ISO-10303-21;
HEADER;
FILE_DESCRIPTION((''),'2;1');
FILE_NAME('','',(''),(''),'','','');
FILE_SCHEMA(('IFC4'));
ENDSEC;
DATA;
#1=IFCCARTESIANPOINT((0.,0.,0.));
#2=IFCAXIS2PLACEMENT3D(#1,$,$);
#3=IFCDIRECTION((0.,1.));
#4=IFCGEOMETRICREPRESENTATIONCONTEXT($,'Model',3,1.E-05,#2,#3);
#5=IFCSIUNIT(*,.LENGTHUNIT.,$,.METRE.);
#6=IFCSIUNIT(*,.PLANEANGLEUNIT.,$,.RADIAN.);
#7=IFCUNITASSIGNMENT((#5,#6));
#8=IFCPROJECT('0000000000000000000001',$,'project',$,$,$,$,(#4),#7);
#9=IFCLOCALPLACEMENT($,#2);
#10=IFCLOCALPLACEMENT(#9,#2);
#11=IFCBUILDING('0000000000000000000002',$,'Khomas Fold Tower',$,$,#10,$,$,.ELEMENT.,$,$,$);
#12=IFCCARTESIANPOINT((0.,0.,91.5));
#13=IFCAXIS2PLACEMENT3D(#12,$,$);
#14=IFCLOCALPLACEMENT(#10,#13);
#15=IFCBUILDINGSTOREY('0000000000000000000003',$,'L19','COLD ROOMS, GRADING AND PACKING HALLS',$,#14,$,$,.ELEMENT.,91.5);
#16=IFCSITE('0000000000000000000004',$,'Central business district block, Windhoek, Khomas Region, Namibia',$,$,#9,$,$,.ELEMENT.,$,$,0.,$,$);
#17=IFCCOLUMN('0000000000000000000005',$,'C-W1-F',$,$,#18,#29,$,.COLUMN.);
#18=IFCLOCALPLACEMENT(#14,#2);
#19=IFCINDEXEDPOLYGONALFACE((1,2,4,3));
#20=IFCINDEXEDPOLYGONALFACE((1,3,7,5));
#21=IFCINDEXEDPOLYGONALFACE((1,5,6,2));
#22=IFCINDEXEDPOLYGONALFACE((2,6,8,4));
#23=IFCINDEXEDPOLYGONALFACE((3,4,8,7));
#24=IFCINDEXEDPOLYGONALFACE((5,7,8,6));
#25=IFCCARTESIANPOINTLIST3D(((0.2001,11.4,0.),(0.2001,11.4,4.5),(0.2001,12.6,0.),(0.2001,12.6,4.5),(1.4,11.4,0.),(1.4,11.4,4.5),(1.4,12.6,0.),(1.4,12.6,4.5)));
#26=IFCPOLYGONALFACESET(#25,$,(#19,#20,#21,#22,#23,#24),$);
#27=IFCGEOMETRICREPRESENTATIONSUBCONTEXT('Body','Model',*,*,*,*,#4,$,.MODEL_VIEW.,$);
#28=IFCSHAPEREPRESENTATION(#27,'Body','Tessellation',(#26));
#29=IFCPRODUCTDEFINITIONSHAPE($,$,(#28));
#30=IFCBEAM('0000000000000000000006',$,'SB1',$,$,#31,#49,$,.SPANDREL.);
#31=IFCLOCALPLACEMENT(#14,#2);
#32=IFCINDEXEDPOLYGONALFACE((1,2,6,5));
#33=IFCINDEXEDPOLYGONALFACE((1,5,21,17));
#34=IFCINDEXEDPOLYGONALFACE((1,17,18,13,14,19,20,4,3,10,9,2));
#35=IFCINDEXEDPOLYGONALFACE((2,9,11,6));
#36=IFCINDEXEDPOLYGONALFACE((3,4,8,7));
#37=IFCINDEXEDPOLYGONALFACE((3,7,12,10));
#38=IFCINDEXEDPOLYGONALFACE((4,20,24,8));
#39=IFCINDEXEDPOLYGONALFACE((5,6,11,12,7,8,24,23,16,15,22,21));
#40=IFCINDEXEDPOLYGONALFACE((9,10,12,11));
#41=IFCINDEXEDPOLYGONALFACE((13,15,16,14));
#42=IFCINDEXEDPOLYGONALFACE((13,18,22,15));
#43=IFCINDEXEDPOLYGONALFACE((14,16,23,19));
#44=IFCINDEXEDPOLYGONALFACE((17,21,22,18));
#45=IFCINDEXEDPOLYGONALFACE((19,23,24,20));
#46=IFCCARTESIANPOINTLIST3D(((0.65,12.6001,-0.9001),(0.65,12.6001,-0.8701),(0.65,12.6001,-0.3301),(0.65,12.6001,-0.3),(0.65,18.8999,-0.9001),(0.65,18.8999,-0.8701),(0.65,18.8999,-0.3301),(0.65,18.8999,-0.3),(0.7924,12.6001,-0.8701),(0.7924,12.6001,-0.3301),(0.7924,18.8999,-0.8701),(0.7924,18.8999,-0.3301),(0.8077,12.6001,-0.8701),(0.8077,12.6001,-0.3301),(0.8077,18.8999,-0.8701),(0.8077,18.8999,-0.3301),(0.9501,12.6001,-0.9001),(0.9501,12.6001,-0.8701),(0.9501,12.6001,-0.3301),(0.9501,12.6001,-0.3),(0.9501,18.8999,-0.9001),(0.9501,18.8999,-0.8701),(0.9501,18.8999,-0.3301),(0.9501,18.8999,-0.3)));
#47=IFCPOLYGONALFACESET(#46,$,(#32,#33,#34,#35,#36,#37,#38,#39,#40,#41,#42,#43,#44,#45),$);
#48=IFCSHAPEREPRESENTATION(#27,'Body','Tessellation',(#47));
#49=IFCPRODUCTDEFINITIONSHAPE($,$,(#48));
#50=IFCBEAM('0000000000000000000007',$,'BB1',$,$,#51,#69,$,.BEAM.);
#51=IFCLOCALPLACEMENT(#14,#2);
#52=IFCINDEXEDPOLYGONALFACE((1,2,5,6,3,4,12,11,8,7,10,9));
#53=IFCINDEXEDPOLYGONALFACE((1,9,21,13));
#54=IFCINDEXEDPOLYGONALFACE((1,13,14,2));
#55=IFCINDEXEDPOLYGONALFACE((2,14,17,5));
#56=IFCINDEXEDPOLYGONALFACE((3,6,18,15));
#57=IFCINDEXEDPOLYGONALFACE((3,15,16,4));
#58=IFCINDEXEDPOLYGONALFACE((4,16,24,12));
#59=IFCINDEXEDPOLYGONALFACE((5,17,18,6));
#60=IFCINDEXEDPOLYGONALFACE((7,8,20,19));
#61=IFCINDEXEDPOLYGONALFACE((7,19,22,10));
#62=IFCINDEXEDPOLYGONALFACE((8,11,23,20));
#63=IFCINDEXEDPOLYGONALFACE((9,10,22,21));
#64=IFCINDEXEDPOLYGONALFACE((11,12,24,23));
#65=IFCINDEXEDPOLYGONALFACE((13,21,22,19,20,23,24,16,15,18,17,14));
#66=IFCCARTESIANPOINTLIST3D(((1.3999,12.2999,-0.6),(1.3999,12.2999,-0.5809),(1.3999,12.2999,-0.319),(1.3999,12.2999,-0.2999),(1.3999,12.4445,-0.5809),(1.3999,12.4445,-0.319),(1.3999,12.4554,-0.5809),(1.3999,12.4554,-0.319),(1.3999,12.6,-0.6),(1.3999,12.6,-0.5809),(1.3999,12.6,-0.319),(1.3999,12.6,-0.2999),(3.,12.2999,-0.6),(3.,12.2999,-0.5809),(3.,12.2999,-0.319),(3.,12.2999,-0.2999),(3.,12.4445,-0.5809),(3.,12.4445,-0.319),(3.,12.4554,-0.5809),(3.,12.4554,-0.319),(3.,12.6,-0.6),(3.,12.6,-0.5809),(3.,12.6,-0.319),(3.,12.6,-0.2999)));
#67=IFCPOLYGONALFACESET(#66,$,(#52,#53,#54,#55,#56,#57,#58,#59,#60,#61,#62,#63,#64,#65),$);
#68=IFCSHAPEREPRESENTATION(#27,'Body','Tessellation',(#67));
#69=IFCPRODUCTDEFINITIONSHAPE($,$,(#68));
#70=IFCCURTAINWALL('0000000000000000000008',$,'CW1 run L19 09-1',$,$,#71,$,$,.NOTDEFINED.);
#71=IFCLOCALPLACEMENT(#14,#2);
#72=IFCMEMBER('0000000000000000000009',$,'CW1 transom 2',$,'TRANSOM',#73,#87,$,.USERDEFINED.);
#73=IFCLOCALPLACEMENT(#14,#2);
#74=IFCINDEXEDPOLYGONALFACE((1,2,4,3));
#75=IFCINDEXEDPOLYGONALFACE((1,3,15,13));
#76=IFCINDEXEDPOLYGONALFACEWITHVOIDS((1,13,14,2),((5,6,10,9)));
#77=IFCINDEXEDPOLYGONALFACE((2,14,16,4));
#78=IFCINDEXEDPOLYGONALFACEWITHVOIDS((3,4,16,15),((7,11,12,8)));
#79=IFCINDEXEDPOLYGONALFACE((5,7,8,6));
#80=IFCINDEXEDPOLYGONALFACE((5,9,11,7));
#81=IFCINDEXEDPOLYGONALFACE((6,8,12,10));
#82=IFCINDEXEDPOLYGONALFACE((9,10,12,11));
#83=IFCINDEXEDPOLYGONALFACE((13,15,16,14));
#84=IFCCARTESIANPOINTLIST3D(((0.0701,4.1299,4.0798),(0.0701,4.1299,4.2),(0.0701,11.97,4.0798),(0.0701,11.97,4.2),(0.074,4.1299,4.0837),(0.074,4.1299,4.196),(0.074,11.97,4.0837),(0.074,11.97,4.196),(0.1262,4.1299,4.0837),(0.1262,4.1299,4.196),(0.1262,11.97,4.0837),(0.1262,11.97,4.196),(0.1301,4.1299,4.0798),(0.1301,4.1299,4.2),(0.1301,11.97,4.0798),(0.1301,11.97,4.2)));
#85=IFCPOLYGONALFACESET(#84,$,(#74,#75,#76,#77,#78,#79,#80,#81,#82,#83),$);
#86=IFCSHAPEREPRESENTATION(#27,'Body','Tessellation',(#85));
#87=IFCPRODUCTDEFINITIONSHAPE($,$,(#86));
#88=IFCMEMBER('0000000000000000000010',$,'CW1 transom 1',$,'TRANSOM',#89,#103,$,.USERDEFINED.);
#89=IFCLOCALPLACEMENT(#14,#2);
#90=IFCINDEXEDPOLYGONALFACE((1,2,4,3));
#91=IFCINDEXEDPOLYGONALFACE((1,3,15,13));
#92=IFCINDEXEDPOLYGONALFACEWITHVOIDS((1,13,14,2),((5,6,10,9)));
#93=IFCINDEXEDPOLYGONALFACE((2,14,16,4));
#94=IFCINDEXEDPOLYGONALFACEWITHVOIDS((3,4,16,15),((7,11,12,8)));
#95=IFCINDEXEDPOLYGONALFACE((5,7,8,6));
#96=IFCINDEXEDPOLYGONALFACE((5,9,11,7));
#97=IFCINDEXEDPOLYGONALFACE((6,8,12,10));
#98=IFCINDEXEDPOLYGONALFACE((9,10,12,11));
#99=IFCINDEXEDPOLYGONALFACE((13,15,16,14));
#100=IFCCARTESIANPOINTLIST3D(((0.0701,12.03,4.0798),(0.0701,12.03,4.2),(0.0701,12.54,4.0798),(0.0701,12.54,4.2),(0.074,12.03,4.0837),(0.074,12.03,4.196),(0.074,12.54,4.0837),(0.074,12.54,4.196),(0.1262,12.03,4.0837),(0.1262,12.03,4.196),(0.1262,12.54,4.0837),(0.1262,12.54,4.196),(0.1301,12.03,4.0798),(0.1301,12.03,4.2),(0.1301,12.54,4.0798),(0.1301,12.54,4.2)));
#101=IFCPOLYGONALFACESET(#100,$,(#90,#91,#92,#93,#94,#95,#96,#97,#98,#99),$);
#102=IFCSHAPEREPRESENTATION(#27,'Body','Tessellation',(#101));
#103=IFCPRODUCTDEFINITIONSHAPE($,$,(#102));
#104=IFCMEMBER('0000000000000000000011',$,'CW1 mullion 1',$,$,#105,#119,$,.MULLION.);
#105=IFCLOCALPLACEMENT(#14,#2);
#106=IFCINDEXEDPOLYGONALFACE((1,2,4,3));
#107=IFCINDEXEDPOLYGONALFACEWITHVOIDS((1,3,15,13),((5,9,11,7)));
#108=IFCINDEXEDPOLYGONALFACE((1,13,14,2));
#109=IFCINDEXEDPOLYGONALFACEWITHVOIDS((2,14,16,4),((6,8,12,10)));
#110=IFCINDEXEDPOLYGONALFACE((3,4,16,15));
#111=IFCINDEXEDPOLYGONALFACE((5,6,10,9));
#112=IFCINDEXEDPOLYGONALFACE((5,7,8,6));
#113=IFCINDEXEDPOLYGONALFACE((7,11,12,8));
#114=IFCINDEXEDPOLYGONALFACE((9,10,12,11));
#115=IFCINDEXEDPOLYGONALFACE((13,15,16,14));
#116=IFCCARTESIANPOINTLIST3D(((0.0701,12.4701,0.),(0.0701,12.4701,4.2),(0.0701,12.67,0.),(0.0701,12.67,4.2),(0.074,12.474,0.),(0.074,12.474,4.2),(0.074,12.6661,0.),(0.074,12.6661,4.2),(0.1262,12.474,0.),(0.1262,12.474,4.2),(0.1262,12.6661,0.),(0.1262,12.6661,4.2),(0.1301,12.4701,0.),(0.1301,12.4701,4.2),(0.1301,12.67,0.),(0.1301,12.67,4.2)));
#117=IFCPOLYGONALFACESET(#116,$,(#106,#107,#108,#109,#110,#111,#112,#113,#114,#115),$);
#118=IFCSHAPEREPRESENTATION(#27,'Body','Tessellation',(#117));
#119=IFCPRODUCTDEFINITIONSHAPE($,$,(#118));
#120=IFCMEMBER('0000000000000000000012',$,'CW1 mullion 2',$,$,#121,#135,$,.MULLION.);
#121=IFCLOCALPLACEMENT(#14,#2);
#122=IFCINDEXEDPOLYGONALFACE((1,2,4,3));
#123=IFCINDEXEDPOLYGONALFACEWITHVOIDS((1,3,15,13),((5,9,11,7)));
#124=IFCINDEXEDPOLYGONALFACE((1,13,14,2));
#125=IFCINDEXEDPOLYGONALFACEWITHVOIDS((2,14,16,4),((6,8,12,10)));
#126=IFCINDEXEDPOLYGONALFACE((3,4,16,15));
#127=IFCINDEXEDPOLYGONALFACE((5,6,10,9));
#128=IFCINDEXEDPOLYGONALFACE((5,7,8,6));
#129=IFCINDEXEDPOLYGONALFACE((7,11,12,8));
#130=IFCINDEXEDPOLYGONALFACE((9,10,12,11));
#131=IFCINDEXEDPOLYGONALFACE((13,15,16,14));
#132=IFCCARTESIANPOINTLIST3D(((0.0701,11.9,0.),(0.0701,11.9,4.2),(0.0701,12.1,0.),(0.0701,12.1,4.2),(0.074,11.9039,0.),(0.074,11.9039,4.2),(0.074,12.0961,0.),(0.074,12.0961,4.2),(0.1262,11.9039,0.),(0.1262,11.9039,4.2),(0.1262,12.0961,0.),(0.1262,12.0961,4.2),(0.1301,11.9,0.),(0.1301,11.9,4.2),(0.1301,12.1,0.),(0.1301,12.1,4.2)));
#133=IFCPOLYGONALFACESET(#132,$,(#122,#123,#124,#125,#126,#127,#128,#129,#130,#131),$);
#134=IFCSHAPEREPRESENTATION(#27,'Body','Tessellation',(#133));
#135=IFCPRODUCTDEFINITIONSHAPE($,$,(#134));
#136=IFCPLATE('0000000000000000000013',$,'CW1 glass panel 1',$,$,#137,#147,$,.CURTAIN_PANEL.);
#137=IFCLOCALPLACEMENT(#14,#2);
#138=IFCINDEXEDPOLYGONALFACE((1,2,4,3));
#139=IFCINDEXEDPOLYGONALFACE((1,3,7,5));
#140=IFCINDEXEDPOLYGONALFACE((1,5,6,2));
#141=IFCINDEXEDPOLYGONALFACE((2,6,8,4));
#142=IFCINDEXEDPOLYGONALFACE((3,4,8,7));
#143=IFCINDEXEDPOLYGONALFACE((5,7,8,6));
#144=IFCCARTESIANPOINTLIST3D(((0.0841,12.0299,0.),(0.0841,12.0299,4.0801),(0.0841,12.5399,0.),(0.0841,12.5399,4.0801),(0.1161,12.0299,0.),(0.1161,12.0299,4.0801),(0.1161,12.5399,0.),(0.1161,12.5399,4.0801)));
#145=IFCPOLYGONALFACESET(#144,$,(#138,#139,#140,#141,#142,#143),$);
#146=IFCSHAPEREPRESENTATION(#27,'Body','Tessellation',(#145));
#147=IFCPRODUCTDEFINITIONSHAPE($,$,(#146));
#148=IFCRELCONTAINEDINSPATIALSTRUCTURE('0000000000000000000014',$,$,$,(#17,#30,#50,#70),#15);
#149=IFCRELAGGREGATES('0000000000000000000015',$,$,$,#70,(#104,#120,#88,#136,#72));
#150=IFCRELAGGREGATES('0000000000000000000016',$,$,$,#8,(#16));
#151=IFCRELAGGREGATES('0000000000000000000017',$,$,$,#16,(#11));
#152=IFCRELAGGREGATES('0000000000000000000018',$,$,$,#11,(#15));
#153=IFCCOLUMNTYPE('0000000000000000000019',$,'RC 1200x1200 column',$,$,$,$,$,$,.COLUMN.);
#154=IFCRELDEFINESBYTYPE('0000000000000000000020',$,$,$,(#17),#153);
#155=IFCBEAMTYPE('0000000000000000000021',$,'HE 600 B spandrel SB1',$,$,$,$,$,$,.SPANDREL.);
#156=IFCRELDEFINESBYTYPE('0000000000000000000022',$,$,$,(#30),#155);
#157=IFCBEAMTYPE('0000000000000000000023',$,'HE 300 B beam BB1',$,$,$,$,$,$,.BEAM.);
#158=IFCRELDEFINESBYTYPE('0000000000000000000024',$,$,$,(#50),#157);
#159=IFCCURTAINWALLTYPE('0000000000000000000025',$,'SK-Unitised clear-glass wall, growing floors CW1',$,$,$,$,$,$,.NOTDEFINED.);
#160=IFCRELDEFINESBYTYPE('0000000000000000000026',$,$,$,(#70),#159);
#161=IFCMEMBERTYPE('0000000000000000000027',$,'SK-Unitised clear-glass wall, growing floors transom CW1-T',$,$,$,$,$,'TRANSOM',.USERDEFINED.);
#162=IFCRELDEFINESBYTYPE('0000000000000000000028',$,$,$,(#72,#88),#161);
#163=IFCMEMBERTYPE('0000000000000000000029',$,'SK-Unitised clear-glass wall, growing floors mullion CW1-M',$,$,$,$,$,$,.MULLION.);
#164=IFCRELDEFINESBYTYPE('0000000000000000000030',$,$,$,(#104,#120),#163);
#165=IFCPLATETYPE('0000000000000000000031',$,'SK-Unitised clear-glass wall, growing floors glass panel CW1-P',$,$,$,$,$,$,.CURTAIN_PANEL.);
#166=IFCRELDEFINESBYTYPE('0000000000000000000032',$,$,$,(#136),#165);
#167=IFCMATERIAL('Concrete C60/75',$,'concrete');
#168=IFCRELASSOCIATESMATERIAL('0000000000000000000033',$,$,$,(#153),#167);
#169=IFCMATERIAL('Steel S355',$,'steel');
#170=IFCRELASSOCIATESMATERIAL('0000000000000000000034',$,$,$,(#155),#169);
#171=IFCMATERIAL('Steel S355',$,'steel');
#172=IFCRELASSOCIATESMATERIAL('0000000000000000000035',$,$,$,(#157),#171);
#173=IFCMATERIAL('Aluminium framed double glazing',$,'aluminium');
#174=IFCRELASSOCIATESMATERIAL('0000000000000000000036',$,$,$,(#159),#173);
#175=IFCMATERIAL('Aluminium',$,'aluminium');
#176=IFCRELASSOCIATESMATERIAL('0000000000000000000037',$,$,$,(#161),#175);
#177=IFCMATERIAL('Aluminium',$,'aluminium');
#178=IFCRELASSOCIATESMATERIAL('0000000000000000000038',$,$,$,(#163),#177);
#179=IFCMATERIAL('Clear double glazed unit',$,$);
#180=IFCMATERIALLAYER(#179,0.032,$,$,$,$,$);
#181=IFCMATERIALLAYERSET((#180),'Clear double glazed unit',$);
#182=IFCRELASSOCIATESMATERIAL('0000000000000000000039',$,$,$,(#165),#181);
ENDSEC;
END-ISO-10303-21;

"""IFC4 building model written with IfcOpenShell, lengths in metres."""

from ifc_helpers import new_model, si_unit, direction, frame, origin, origin_2d, place, context, subcontext, project, spatial, rectangle, hollow_rectangle, i_section, extrude, source, transform, mapped, material, layer, layer_set, material_profile, profile_set, type_object, element, aggregate, save


model = new_model("IFC4")

# Units and contexts
model_context = context("Model", 3, precision=1e-05, world=origin(), true_north=direction((0.0, 1.0)))
body_context = subcontext(model_context, "Body", "Model", "MODEL_VIEW")
ifc_project = project(units=[si_unit("LENGTHUNIT", "METRE"), si_unit("PLANEANGLEUNIT", "RADIAN")], contexts=[model_context])

# Site, building, storey
site_placement = place(None, origin())
site = spatial("IfcSite", under=ifc_project, at=site_placement, Name="Central business district block, Windhoek, Khomas Region, Namibia", CompositionType="ELEMENT", RefElevation=0.0)
building_placement = place(site_placement, origin())
building = spatial("IfcBuilding", under=site, at=building_placement, Name="Khomas Fold Tower", CompositionType="ELEMENT")
storey_placement = place(building_placement, frame((0.0, 0.0, 91.5)))
storey = spatial("IfcBuildingStorey", under=building, at=storey_placement, Name="L19", Description="COLD ROOMS, GRADING AND PACKING HALLS", CompositionType="ELEMENT", Elevation=91.5)

# Column
ifc_material_1 = material(Name="Concrete C60/75", Category="concrete")
ifc_material_profile_1 = material_profile(ifc_material_1, rectangle(XDim=1.2, YDim=1.2, at=origin_2d()), Name="RC 1200x1200")
ifc_profile_set_1 = profile_set([ifc_material_profile_1], Name="Concrete C60/75")
column_type = type_object("IfcColumnType", Name="RC 1200x1200 column", PredefinedType="COLUMN", material=ifc_profile_set_1)
shared_shape_1 = source(origin(), body_context, "Body", "SweptSolid", [
    extrude(rectangle(XDim=1.2, YDim=1.2, at=origin_2d()), origin(), (0.0, 0.0, 1.0), 4.5),
])
column_placement = place(storey_placement, frame((0.8, 12.0, 0.0), z_axis=(0.0, 0.0, 1.0), x_axis=(1.0, 0.0, 0.0)))
element("IfcColumn", 1, at=column_placement, inside=storey, type_object=column_type, Name="C-W1-F", PredefinedType="COLUMN", context=body_context, shape_type="MappedRepresentation", body=[
    mapped(shared_shape_1, transform((0.0, 0.0, 0.0))),
])

# Beams
ifc_material_2 = material(Name="Steel S355", Category="steel")
ifc_material_profile_2 = material_profile(ifc_material_2, i_section(OverallWidth=0.3, OverallDepth=0.6001, WebThickness=0.0154, FlangeThickness=0.03, at=origin_2d()), Name="HE 600 B")
ifc_profile_set_2 = profile_set([ifc_material_profile_2], Name="Steel S355")
beam_type_1 = type_object("IfcBeamType", Name="HE 600 B spandrel SB1", PredefinedType="SPANDREL", material=ifc_profile_set_2)
shared_shape_2 = source(origin(), body_context, "Body", "SweptSolid", [
    extrude(i_section(OverallWidth=0.3, OverallDepth=0.6001, WebThickness=0.0154, FlangeThickness=0.03, at=origin_2d()), origin(), (0.0, 0.0, 1.0), 6.2998),
])
beam_1_placement = place(storey_placement, frame((0.8, 12.6001, -0.6001), z_axis=(0.0, 1.0, 0.0), x_axis=(-1.0, 0.0, 0.0)))
element("IfcBeam", 2, at=beam_1_placement, inside=storey, type_object=beam_type_1, Name="SB1", PredefinedType="SPANDREL", context=body_context, shape_type="MappedRepresentation", body=[
    mapped(shared_shape_2, transform((0.0, 0.0, 0.0))),
])
ifc_material_3 = material(Name="Steel S355", Category="steel")
ifc_material_profile_3 = material_profile(ifc_material_3, i_section(OverallWidth=0.3, OverallDepth=0.3, WebThickness=0.011, FlangeThickness=0.019, at=origin_2d()), Name="HE 300 B")
ifc_profile_set_3 = profile_set([ifc_material_profile_3], Name="Steel S355")
beam_type_2 = type_object("IfcBeamType", Name="HE 300 B beam BB1", PredefinedType="BEAM", material=ifc_profile_set_3)
shared_shape_3 = source(origin(), body_context, "Body", "SweptSolid", [
    extrude(i_section(OverallWidth=0.3, OverallDepth=0.3, WebThickness=0.011, FlangeThickness=0.019, at=origin_2d()), origin(), (0.0, 0.0, 1.0), 1.6001),
])
beam_2_placement = place(storey_placement, frame((1.3999, 12.45, -0.45), z_axis=(1.0, 0.0, 0.0), x_axis=(0.0, 1.0, 0.0)))
element("IfcBeam", 3, at=beam_2_placement, inside=storey, type_object=beam_type_2, Name="BB1", PredefinedType="BEAM", context=body_context, shape_type="MappedRepresentation", body=[
    mapped(shared_shape_3, transform((0.0, 0.0, 0.0))),
])

# Curtain wall, members, plate
ifc_material_4 = material(Name="Aluminium framed double glazing", Category="aluminium")
curtain_wall_type = type_object("IfcCurtainWallType", Name="SK-Unitised clear-glass wall, growing floors CW1", PredefinedType="NOTDEFINED", material=ifc_material_4)
curtain_wall_placement = place(storey_placement, origin())
curtain_wall = element("IfcCurtainWall", 4, at=curtain_wall_placement, inside=storey, type_object=curtain_wall_type, Name="CW1 run L19 09-1", PredefinedType="NOTDEFINED")
ifc_material_5 = material(Name="Aluminium", Category="aluminium")
ifc_material_profile_4 = material_profile(ifc_material_5, hollow_rectangle(XDim=0.0601, YDim=0.1201, WallThickness=0.0039, at=origin_2d()), Name="SK-Unitised clear-glass wall, growing floors transom CW1-T")
ifc_profile_set_4 = profile_set([ifc_material_profile_4], Name="Aluminium")
member_type_1 = type_object("IfcMemberType", Name="SK-Unitised clear-glass wall, growing floors transom CW1-T", ElementType="TRANSOM", PredefinedType="USERDEFINED", material=ifc_profile_set_4)
shared_shape_4 = source(origin(), body_context, "Body", "SweptSolid", [
    extrude(hollow_rectangle(XDim=0.0601, YDim=0.1201, WallThickness=0.0039, at=origin_2d()), origin(), (0.0, 0.0, 1.0), 7.8401),
])
member_1_placement = place(storey_placement, frame((0.1001, 11.97, 4.1399), z_axis=(0.0, -1.0, 0.0), x_axis=(1.0, 0.0, 0.0)))
member_1 = element("IfcMember", 5, at=member_1_placement, type_object=member_type_1, Name="CW1 transom 2", ObjectType="TRANSOM", PredefinedType="USERDEFINED", context=body_context, shape_type="MappedRepresentation", body=[
    mapped(shared_shape_4, transform((0.0, 0.0, 0.0))),
])
shared_shape_5 = source(origin(), body_context, "Body", "SweptSolid", [
    extrude(hollow_rectangle(XDim=0.0601, YDim=0.1201, WallThickness=0.0039, at=origin_2d()), origin(), (0.0, 0.0, 1.0), 0.51),
])
member_2_placement = place(storey_placement, frame((0.1001, 12.54, 4.1399), z_axis=(0.0, -1.0, 0.0), x_axis=(1.0, 0.0, 0.0)))
member_2 = element("IfcMember", 6, at=member_2_placement, type_object=member_type_1, Name="CW1 transom 1", ObjectType="TRANSOM", PredefinedType="USERDEFINED", context=body_context, shape_type="MappedRepresentation", body=[
    mapped(shared_shape_5, transform((0.0, 0.0, 0.0))),
])
ifc_material_6 = material(Name="Aluminium", Category="aluminium")
ifc_material_profile_5 = material_profile(ifc_material_6, hollow_rectangle(XDim=0.0601, YDim=0.2, WallThickness=0.0039, at=origin_2d()), Name="SK-Unitised clear-glass wall, growing floors mullion CW1-M")
ifc_profile_set_5 = profile_set([ifc_material_profile_5], Name="Aluminium")
member_type_2 = type_object("IfcMemberType", Name="SK-Unitised clear-glass wall, growing floors mullion CW1-M", PredefinedType="MULLION", material=ifc_profile_set_5)
shared_shape_6 = source(origin(), body_context, "Body", "SweptSolid", [
    extrude(hollow_rectangle(XDim=0.0601, YDim=0.2, WallThickness=0.0039, at=origin_2d()), origin(), (0.0, 0.0, 1.0), 4.2),
])
member_3_placement = place(storey_placement, frame((0.1001, 12.5701, 0.0), z_axis=(0.0, 0.0, 1.0), x_axis=(1.0, 0.0, 0.0)))
member_3 = element("IfcMember", 7, at=member_3_placement, type_object=member_type_2, Name="CW1 mullion 1", PredefinedType="MULLION", context=body_context, shape_type="MappedRepresentation", body=[
    mapped(shared_shape_6, transform((0.0, 0.0, 0.0))),
])
member_4_placement = place(storey_placement, frame((0.1001, 12.0, 0.0), z_axis=(0.0, 0.0, 1.0), x_axis=(1.0, 0.0, 0.0)))
member_4 = element("IfcMember", 8, at=member_4_placement, type_object=member_type_2, Name="CW1 mullion 2", PredefinedType="MULLION", context=body_context, shape_type="MappedRepresentation", body=[
    mapped(shared_shape_6, transform((0.0, 0.0, 0.0))),
])
ifc_material_7 = material(Name="Clear double glazed unit")
ifc_layer_1 = layer(ifc_material_7, 0.032)
ifc_layer_set_1 = layer_set([ifc_layer_1], Name="Clear double glazed unit")
plate_type = type_object("IfcPlateType", Name="SK-Unitised clear-glass wall, growing floors glass panel CW1-P", PredefinedType="CURTAIN_PANEL", material=ifc_layer_set_1)
shared_shape_7 = source(origin(), body_context, "Body", "SweptSolid", [
    extrude(rectangle(XDim=0.51, YDim=0.032, at=origin_2d()), origin(), (0.0, 0.0, 1.0), 4.0801),
])
plate_placement = place(storey_placement, frame((0.1001, 12.2849, 0.0), z_axis=(0.0, 0.0, 1.0), x_axis=(0.0, -1.0, 0.0)))
plate = element("IfcPlate", 9, at=plate_placement, type_object=plate_type, Name="CW1 glass panel 1", PredefinedType="CURTAIN_PANEL", context=body_context, shape_type="MappedRepresentation", body=[
    mapped(shared_shape_7, transform((0.0, 0.0, 0.0))),
])
aggregate(curtain_wall, [member_3, member_4, member_2, plate, member_1])

save(model, "model.ifc")
